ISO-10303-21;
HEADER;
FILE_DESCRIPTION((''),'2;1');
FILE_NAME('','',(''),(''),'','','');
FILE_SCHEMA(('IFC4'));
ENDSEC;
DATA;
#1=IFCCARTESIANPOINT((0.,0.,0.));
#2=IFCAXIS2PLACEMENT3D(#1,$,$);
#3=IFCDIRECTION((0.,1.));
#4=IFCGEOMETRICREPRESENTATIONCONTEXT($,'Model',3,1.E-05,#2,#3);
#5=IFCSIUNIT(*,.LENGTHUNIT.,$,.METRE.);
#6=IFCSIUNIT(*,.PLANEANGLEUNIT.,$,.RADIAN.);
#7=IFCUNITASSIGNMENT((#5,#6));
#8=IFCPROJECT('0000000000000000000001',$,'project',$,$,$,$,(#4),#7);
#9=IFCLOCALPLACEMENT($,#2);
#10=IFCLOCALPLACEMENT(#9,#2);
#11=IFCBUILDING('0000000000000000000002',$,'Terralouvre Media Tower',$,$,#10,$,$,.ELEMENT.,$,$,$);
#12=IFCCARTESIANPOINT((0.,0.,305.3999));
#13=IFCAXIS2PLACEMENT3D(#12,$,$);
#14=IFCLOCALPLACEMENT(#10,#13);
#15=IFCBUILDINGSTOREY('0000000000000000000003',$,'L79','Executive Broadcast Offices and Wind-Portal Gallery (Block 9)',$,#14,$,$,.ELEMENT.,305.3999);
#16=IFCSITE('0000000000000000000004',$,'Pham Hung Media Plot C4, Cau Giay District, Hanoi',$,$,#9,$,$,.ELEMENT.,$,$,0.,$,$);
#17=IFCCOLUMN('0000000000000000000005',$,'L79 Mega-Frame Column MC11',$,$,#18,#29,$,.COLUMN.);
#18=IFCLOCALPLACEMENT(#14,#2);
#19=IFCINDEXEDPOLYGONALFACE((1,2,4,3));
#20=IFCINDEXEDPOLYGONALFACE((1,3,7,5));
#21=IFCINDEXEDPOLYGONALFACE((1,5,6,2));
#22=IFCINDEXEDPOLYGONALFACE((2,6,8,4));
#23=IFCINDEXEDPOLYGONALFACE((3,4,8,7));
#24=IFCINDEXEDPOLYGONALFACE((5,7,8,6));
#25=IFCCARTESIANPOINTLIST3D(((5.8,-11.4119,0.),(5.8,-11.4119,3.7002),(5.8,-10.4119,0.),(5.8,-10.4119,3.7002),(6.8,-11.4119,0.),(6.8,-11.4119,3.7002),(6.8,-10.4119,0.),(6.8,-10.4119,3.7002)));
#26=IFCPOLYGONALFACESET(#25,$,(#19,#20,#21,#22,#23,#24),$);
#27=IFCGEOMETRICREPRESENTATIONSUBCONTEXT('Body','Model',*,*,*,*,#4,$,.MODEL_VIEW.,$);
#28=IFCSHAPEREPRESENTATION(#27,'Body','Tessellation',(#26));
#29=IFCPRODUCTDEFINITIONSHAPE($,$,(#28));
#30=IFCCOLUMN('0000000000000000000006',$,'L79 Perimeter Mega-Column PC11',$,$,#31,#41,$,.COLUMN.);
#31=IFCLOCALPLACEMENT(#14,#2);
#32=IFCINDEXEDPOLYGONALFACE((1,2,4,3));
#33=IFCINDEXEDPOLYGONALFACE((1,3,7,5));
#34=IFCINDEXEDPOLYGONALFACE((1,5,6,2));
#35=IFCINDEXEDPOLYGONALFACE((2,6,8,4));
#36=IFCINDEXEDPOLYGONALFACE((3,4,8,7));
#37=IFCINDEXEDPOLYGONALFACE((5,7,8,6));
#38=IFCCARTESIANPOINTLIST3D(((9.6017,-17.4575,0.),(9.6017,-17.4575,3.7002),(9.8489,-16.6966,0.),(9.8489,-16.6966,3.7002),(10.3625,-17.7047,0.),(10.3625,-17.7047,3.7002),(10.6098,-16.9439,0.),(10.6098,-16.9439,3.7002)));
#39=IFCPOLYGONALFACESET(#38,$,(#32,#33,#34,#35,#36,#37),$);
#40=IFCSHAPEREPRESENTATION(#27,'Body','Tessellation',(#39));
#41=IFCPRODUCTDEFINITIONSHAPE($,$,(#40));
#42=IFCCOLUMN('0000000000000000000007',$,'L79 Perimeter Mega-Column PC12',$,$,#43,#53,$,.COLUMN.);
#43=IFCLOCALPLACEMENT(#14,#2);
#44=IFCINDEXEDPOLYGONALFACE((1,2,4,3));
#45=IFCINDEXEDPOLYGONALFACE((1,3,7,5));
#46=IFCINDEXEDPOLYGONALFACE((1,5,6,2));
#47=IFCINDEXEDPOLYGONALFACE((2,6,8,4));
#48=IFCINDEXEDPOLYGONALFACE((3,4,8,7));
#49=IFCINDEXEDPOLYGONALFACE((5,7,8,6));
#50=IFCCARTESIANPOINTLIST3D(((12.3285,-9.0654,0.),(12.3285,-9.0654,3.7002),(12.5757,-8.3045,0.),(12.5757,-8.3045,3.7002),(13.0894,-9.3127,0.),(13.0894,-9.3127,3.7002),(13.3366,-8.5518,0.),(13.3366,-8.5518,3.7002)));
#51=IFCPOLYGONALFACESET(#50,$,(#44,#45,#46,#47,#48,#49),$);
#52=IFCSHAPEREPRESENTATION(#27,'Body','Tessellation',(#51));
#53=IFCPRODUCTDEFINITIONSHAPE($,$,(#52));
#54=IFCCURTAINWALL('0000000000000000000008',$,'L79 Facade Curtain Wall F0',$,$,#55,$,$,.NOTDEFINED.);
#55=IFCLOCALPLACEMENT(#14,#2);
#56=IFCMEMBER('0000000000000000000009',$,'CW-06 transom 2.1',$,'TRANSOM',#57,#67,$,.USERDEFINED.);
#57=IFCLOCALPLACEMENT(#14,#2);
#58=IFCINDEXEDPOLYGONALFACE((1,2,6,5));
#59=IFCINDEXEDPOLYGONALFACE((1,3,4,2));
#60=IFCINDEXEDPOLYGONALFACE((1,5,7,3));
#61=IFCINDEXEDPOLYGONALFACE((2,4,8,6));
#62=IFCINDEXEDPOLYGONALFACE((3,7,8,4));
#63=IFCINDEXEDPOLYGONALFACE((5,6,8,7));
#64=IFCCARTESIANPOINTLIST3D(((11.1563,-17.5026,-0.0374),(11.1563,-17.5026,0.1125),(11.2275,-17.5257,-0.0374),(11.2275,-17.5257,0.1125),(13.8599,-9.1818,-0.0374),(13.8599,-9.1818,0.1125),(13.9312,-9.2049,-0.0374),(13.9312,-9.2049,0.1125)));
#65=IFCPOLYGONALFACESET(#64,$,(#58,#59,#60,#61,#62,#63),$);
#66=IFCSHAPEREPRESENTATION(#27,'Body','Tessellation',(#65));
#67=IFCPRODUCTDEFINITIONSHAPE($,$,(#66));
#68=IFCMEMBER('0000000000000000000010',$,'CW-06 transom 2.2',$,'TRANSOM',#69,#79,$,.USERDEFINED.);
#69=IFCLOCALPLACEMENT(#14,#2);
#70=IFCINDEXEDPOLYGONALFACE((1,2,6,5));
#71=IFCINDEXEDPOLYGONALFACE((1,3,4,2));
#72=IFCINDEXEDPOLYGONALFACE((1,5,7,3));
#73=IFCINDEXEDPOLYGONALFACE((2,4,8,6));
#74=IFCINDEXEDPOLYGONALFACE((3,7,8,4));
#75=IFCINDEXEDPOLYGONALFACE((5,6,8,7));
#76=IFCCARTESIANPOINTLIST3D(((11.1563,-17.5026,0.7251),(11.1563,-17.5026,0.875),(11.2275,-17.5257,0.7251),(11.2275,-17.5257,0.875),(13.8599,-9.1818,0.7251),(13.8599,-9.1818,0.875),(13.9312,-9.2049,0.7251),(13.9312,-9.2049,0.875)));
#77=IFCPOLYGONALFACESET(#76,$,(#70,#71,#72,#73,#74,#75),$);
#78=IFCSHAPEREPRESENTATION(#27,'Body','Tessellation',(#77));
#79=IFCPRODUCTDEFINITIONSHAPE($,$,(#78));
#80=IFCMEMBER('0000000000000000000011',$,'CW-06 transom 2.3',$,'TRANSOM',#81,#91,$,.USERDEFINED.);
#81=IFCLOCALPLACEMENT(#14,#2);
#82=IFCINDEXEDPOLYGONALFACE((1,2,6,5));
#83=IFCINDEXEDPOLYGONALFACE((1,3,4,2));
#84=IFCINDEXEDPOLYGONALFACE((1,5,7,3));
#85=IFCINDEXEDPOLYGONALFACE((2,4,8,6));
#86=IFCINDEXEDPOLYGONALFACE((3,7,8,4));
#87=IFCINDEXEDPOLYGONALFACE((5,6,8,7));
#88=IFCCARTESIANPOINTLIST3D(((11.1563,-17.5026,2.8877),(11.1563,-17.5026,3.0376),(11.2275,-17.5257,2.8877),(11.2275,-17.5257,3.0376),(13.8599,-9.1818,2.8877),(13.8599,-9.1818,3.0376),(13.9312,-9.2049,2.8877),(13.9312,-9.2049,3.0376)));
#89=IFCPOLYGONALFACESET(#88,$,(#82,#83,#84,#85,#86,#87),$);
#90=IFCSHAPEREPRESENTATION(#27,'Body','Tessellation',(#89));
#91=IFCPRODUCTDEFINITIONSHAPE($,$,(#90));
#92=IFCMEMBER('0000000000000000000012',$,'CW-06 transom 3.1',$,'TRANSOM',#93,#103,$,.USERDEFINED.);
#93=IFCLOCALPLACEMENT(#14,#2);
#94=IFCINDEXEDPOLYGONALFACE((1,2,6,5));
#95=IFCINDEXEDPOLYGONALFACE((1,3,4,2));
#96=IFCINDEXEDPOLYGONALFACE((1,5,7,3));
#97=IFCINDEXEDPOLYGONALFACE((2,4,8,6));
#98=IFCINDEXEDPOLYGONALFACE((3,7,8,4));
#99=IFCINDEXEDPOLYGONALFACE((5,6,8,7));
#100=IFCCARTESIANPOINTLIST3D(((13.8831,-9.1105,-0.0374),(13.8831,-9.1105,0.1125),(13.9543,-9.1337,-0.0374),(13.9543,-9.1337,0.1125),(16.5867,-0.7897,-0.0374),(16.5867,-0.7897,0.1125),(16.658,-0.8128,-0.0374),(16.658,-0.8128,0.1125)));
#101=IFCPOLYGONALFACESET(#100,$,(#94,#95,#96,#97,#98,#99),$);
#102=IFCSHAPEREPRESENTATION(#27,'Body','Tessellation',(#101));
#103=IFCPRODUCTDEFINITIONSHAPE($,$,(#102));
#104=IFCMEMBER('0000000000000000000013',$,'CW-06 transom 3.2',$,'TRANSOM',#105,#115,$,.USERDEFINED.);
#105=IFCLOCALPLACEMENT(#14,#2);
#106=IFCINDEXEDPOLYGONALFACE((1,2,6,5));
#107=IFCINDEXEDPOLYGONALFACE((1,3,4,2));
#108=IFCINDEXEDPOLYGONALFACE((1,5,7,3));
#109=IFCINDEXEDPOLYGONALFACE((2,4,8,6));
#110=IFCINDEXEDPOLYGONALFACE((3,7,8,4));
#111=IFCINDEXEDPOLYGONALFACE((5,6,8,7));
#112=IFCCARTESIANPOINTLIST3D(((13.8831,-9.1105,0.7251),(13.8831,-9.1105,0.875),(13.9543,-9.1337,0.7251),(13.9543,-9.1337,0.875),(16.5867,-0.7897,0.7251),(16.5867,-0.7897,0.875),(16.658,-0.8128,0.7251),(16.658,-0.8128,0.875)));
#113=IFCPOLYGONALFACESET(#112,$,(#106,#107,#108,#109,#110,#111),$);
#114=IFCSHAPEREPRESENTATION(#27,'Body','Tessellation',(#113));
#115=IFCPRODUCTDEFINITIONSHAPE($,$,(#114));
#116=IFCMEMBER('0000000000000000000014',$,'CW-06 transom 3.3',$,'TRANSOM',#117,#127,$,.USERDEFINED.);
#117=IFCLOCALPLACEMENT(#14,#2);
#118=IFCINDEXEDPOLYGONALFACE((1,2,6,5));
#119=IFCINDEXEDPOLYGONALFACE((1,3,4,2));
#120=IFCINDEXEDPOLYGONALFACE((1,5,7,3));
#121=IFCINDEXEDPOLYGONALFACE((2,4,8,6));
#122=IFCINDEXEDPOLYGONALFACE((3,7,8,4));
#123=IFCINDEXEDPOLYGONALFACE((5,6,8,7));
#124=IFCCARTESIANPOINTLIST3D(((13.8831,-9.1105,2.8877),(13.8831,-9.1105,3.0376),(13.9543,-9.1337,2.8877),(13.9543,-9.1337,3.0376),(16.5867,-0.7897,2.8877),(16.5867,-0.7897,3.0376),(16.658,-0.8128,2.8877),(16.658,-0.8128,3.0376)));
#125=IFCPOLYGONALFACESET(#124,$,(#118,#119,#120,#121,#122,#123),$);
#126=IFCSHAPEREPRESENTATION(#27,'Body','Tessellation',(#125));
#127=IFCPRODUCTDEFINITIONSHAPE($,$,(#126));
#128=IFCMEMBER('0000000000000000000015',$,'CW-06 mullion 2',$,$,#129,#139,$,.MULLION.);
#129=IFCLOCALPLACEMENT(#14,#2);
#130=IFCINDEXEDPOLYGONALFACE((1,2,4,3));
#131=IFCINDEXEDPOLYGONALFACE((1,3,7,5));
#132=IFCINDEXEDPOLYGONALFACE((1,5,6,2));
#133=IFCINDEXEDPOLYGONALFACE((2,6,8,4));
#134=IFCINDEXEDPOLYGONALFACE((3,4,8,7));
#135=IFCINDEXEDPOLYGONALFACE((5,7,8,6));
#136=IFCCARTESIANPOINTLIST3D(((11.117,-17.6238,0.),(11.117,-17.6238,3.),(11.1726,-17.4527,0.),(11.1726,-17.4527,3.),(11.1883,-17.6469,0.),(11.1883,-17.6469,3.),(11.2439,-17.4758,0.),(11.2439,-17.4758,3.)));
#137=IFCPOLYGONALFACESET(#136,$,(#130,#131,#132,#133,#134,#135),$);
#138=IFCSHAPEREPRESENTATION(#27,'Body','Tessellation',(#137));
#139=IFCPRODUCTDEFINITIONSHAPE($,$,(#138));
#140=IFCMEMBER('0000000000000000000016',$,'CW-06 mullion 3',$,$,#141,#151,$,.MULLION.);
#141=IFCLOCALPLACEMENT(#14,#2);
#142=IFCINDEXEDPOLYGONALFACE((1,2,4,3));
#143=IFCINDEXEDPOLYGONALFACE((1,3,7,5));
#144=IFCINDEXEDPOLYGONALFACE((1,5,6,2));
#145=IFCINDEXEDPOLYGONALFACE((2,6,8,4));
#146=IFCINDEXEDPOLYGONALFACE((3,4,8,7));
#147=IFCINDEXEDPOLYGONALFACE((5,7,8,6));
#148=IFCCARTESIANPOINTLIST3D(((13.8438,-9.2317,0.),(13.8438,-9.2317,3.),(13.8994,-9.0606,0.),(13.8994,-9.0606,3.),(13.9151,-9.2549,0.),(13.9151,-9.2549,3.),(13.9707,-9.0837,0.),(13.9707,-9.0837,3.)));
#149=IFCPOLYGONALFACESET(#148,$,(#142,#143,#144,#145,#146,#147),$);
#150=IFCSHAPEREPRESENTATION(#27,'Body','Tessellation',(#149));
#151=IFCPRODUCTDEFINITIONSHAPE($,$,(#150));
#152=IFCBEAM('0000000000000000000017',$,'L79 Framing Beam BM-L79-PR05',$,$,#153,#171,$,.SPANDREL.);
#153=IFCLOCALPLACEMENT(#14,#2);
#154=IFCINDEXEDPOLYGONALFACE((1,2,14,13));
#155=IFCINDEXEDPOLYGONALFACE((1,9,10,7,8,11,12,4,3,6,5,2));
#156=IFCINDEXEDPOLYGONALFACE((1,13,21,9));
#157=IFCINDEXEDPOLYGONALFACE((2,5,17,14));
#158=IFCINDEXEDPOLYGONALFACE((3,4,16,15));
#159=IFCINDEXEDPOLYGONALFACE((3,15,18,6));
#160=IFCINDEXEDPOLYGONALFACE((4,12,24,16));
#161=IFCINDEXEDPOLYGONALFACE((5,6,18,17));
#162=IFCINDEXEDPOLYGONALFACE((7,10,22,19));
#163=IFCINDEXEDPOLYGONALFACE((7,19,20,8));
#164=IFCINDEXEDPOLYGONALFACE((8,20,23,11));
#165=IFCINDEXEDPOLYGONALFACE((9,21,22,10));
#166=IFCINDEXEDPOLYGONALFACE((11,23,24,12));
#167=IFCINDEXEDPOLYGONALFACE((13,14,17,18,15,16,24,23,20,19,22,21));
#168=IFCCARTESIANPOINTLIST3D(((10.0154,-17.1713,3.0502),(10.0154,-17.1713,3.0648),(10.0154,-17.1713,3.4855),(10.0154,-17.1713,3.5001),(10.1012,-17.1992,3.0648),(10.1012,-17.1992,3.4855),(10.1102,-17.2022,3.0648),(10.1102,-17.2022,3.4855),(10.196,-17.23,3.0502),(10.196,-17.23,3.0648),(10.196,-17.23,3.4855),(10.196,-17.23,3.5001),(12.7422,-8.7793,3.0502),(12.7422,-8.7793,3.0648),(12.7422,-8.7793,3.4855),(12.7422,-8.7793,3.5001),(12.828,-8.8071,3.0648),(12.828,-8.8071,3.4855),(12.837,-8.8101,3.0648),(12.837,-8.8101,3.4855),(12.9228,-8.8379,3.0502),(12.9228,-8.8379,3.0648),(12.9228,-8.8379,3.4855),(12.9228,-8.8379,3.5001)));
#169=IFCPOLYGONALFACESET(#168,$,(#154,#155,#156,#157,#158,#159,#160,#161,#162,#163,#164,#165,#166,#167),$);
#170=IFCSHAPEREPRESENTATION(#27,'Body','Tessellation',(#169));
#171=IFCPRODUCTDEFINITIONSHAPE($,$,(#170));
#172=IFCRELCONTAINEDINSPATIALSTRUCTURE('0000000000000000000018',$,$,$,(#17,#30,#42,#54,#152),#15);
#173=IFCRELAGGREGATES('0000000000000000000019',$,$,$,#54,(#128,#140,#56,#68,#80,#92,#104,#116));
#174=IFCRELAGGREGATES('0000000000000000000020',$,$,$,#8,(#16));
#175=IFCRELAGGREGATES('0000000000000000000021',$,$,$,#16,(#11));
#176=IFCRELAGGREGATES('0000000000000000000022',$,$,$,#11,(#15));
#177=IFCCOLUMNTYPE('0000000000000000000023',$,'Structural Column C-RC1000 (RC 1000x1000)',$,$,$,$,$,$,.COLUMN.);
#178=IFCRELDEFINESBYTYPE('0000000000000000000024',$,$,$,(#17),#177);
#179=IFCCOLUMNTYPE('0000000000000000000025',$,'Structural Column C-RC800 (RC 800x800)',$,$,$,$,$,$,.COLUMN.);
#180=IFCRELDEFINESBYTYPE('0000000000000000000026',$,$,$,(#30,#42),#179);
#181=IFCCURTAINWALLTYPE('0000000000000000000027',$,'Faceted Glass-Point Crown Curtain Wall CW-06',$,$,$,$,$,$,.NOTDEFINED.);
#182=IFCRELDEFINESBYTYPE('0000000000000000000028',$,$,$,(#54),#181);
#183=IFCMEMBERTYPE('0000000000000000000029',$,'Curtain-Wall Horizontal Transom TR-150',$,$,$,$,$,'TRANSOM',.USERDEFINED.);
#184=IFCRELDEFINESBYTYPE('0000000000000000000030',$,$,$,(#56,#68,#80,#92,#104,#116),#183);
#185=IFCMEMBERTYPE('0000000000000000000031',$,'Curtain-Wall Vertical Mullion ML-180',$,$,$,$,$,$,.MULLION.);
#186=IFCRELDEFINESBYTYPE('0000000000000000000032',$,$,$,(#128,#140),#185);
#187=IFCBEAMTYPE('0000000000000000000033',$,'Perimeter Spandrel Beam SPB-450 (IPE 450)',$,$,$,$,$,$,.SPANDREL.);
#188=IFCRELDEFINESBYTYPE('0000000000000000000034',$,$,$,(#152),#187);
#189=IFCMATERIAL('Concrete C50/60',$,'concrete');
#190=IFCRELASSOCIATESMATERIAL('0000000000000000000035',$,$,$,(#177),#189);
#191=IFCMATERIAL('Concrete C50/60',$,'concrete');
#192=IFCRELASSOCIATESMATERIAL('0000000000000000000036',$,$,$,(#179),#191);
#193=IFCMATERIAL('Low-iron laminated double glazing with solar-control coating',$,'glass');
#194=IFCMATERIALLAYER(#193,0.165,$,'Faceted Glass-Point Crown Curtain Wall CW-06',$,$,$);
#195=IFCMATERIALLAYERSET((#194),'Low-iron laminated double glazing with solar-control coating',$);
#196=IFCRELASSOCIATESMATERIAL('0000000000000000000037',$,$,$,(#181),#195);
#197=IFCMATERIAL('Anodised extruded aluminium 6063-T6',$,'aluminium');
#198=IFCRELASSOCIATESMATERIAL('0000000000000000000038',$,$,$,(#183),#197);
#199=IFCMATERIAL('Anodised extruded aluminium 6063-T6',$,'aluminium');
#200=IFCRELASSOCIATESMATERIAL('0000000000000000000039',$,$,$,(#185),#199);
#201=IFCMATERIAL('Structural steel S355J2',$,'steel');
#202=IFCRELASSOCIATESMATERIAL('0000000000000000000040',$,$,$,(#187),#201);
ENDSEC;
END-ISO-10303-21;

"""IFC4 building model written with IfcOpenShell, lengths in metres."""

from ifc_helpers import new_model, si_unit, direction, frame, origin, origin_2d, place, context, subcontext, project, spatial, rectangle, i_section, extrude, material, layer, layer_set, material_profile, profile_set, type_object, element, aggregate, save


model = new_model("IFC4")

# Units and contexts
model_context = context("Model", 3, precision=1e-05, world=origin(), true_north=direction((0.0, 1.0)))
body_context = subcontext(model_context, "Body", "Model", "MODEL_VIEW")
ifc_project = project(units=[si_unit("LENGTHUNIT", "METRE"), si_unit("PLANEANGLEUNIT", "RADIAN")], contexts=[model_context])

# Site, building, storey
site_placement = place(None, origin())
site = spatial("IfcSite", under=ifc_project, at=site_placement, Name="Pham Hung Media Plot C4, Cau Giay District, Hanoi", CompositionType="ELEMENT", RefElevation=0.0)
building_placement = place(site_placement, origin())
building = spatial("IfcBuilding", under=site, at=building_placement, Name="Terralouvre Media Tower", CompositionType="ELEMENT")
storey_placement = place(building_placement, frame((0.0, 0.0, 305.3999)))
storey = spatial("IfcBuildingStorey", under=building, at=storey_placement, Name="L79", Description="Executive Broadcast Offices and Wind-Portal Gallery (Block 9)", CompositionType="ELEMENT", Elevation=305.3999)

# Columns
ifc_material_1 = material(Name="Concrete C50/60", Category="concrete")
ifc_material_profile_1 = material_profile(ifc_material_1, rectangle(XDim=1.0, YDim=1.0, at=origin_2d()), Name="RC 1000x1000")
ifc_profile_set_1 = profile_set([ifc_material_profile_1], Name="Concrete C50/60")
column_type_1 = type_object("IfcColumnType", Name="Structural Column C-RC1000 (RC 1000x1000)", PredefinedType="COLUMN", material=ifc_profile_set_1)
column_placement = place(storey_placement, frame((6.3, -10.9119, 0.0), z_axis=(0.0, 0.0, 1.0), x_axis=(1.0, 0.0, 0.0)))
element("IfcColumn", 1, at=column_placement, inside=storey, type_object=column_type_1, Name="L79 Mega-Frame Column MC11", PredefinedType="COLUMN", context=body_context, shape_type="SweptSolid", body=[
    extrude(rectangle(XDim=1.0, YDim=1.0, at=origin_2d()), origin(), (0.0, 0.0, 1.0), 3.7002),
])
ifc_material_2 = material(Name="Concrete C50/60", Category="concrete")
ifc_material_profile_2 = material_profile(ifc_material_2, rectangle(XDim=0.8, YDim=0.8, at=origin_2d()), Name="RC 800x800")
ifc_profile_set_2 = profile_set([ifc_material_profile_2], Name="Concrete C50/60")
column_type_2 = type_object("IfcColumnType", Name="Structural Column C-RC800 (RC 800x800)", PredefinedType="COLUMN", material=ifc_profile_set_2)
for number, where, z_axis, x_axis, name in (
    (2, (10.1057, -17.2007, 0.0), (0.0, 0.0, 1.0), (0.309017, 0.951057, 0.0), "L79 Perimeter Mega-Column PC11"),
    (3, (12.8325, -8.8086, 0.0), (0.0, 0.0, 1.0), (0.309017, 0.951057, 0.0), "L79 Perimeter Mega-Column PC12"),
):
    element("IfcColumn", number, at=place(storey_placement, frame(where, z_axis=z_axis, x_axis=x_axis)), inside=storey, type_object=column_type_2, Name=name, PredefinedType="COLUMN", context=body_context, shape_type="SweptSolid", body=[
        extrude(rectangle(XDim=0.8, YDim=0.8, at=origin_2d()), origin(), (0.0, 0.0, 1.0), 3.7002),
    ])

# Curtain wall, members
ifc_material_3 = material(Name="Low-iron laminated double glazing with solar-control coating", Category="glass")
ifc_layer_1 = layer(ifc_material_3, 0.165, Name="Faceted Glass-Point Crown Curtain Wall CW-06")
ifc_layer_set_1 = layer_set([ifc_layer_1], Name="Low-iron laminated double glazing with solar-control coating")
curtain_wall_type = type_object("IfcCurtainWallType", Name="Faceted Glass-Point Crown Curtain Wall CW-06", PredefinedType="NOTDEFINED", material=ifc_layer_set_1)
curtain_wall_placement = place(storey_placement, origin())
curtain_wall = element("IfcCurtainWall", 4, at=curtain_wall_placement, inside=storey, type_object=curtain_wall_type, Name="L79 Facade Curtain Wall F0", PredefinedType="NOTDEFINED")
ifc_material_4 = material(Name="Anodised extruded aluminium 6063-T6", Category="aluminium")
ifc_material_profile_3 = material_profile(ifc_material_4, rectangle(XDim=0.075, YDim=0.1499, at=origin_2d()), Name="ALU 75x150")
ifc_profile_set_3 = profile_set([ifc_material_profile_3], Name="Anodised extruded aluminium 6063-T6")
member_type_1 = type_object("IfcMemberType", Name="Curtain-Wall Horizontal Transom TR-150", ElementType="TRANSOM", PredefinedType="USERDEFINED", material=ifc_profile_set_3)
member_1_placement = place(storey_placement, frame((11.1919, -17.5142, 0.0376), z_axis=(0.309019, 0.951056, 0.0), x_axis=(-0.951056, 0.309019, 0.0)))
member_1 = element("IfcMember", 5, at=member_1_placement, type_object=member_type_1, Name="CW-06 transom 2.1", ObjectType="TRANSOM", PredefinedType="USERDEFINED", context=body_context, shape_type="SweptSolid", body=[
    extrude(rectangle(XDim=0.075, YDim=0.1499, at=origin_2d()), origin(), (0.0, 0.0, 1.0), 8.749),
])
member_2_placement = place(storey_placement, frame((11.1919, -17.5142, 0.8), z_axis=(0.309019, 0.951056, 0.0), x_axis=(-0.951056, 0.309019, 0.0)))
member_2 = element("IfcMember", 6, at=member_2_placement, type_object=member_type_1, Name="CW-06 transom 2.2", ObjectType="TRANSOM", PredefinedType="USERDEFINED", context=body_context, shape_type="SweptSolid", body=[
    extrude(rectangle(XDim=0.075, YDim=0.1499, at=origin_2d()), origin(), (0.0, 0.0, 1.0), 8.749),
])
member_3_placement = place(storey_placement, frame((11.1919, -17.5142, 2.9626), z_axis=(0.309019, 0.951056, 0.0), x_axis=(-0.951056, 0.309019, 0.0)))
member_3 = element("IfcMember", 7, at=member_3_placement, type_object=member_type_1, Name="CW-06 transom 2.3", ObjectType="TRANSOM", PredefinedType="USERDEFINED", context=body_context, shape_type="SweptSolid", body=[
    extrude(rectangle(XDim=0.075, YDim=0.1499, at=origin_2d()), origin(), (0.0, 0.0, 1.0), 8.749),
])
member_4_placement = place(storey_placement, frame((13.9187, -9.1221, 0.0376), z_axis=(0.309019, 0.951056, 0.0), x_axis=(-0.951056, 0.309019, 0.0)))
member_4 = element("IfcMember", 8, at=member_4_placement, type_object=member_type_1, Name="CW-06 transom 3.1", ObjectType="TRANSOM", PredefinedType="USERDEFINED", context=body_context, shape_type="SweptSolid", body=[
    extrude(rectangle(XDim=0.075, YDim=0.1499, at=origin_2d()), origin(), (0.0, 0.0, 1.0), 8.749),
])
member_5_placement = place(storey_placement, frame((13.9187, -9.1221, 0.8), z_axis=(0.309019, 0.951056, 0.0), x_axis=(-0.951056, 0.309019, 0.0)))
member_5 = element("IfcMember", 9, at=member_5_placement, type_object=member_type_1, Name="CW-06 transom 3.2", ObjectType="TRANSOM", PredefinedType="USERDEFINED", context=body_context, shape_type="SweptSolid", body=[
    extrude(rectangle(XDim=0.075, YDim=0.1499, at=origin_2d()), origin(), (0.0, 0.0, 1.0), 8.749),
])
member_6_placement = place(storey_placement, frame((13.9187, -9.1221, 2.9626), z_axis=(0.309019, 0.951056, 0.0), x_axis=(-0.951056, 0.309019, 0.0)))
member_6 = element("IfcMember", 10, at=member_6_placement, type_object=member_type_1, Name="CW-06 transom 3.3", ObjectType="TRANSOM", PredefinedType="USERDEFINED", context=body_context, shape_type="SweptSolid", body=[
    extrude(rectangle(XDim=0.075, YDim=0.1499, at=origin_2d()), origin(), (0.0, 0.0, 1.0), 8.749),
])
ifc_material_5 = material(Name="Anodised extruded aluminium 6063-T6", Category="aluminium")
ifc_material_profile_4 = material_profile(ifc_material_5, rectangle(XDim=0.075, YDim=0.1799, at=origin_2d()), Name="ALU 75x180")
ifc_profile_set_4 = profile_set([ifc_material_profile_4], Name="Anodised extruded aluminium 6063-T6")
member_type_2 = type_object("IfcMemberType", Name="Curtain-Wall Vertical Mullion ML-180", PredefinedType="MULLION", material=ifc_profile_set_4)
member_7_placement = place(storey_placement, frame((11.1804, -17.5498, 0.0), z_axis=(0.0, 0.0, 1.0), x_axis=(-0.951057, 0.309017, 0.0)))
member_7 = element("IfcMember", 11, at=member_7_placement, type_object=member_type_2, Name="CW-06 mullion 2", PredefinedType="MULLION", context=body_context, shape_type="SweptSolid", body=[
    extrude(rectangle(XDim=0.075, YDim=0.1799, at=origin_2d()), origin(), (0.0, 0.0, 1.0), 3.0),
])
member_8_placement = place(storey_placement, frame((13.9072, -9.1577, 0.0), z_axis=(0.0, 0.0, 1.0), x_axis=(-0.951057, 0.309017, 0.0)))
member_8 = element("IfcMember", 12, at=member_8_placement, type_object=member_type_2, Name="CW-06 mullion 3", PredefinedType="MULLION", context=body_context, shape_type="SweptSolid", body=[
    extrude(rectangle(XDim=0.075, YDim=0.1799, at=origin_2d()), origin(), (0.0, 0.0, 1.0), 3.0),
])

# Beam
ifc_material_6 = material(Name="Structural steel S355J2", Category="steel")
ifc_material_profile_5 = material_profile(ifc_material_6, i_section(OverallWidth=0.1899, OverallDepth=0.45, WebThickness=0.0095, FlangeThickness=0.0146, at=origin_2d()), Name="IPE 450")
ifc_profile_set_5 = profile_set([ifc_material_profile_5], Name="Structural steel S355J2")
beam_type_1 = type_object("IfcBeamType", Name="Perimeter Spandrel Beam SPB-450 (IPE 450)", PredefinedType="SPANDREL", material=ifc_profile_set_5)
beam_1_placement = place(storey_placement, frame((10.1057, -17.2007, 3.2751), z_axis=(0.309022, 0.951055, 0.0), x_axis=(-0.951055, 0.309022, 0.0)))
element("IfcBeam", 13, at=beam_1_placement, inside=storey, type_object=beam_type_1, Name="L79 Framing Beam BM-L79-PR05", PredefinedType="SPANDREL", context=body_context, shape_type="SweptSolid", body=[
    extrude(i_section(OverallWidth=0.1899, OverallDepth=0.45, WebThickness=0.0095, FlangeThickness=0.0146, at=origin_2d()), origin(), (0.0, 0.0, 1.0), 8.824),
])

aggregate(curtain_wall, [member_7, member_8, member_1, member_2, member_3, member_4, member_5, member_6])

save(model, "model.ifc")
